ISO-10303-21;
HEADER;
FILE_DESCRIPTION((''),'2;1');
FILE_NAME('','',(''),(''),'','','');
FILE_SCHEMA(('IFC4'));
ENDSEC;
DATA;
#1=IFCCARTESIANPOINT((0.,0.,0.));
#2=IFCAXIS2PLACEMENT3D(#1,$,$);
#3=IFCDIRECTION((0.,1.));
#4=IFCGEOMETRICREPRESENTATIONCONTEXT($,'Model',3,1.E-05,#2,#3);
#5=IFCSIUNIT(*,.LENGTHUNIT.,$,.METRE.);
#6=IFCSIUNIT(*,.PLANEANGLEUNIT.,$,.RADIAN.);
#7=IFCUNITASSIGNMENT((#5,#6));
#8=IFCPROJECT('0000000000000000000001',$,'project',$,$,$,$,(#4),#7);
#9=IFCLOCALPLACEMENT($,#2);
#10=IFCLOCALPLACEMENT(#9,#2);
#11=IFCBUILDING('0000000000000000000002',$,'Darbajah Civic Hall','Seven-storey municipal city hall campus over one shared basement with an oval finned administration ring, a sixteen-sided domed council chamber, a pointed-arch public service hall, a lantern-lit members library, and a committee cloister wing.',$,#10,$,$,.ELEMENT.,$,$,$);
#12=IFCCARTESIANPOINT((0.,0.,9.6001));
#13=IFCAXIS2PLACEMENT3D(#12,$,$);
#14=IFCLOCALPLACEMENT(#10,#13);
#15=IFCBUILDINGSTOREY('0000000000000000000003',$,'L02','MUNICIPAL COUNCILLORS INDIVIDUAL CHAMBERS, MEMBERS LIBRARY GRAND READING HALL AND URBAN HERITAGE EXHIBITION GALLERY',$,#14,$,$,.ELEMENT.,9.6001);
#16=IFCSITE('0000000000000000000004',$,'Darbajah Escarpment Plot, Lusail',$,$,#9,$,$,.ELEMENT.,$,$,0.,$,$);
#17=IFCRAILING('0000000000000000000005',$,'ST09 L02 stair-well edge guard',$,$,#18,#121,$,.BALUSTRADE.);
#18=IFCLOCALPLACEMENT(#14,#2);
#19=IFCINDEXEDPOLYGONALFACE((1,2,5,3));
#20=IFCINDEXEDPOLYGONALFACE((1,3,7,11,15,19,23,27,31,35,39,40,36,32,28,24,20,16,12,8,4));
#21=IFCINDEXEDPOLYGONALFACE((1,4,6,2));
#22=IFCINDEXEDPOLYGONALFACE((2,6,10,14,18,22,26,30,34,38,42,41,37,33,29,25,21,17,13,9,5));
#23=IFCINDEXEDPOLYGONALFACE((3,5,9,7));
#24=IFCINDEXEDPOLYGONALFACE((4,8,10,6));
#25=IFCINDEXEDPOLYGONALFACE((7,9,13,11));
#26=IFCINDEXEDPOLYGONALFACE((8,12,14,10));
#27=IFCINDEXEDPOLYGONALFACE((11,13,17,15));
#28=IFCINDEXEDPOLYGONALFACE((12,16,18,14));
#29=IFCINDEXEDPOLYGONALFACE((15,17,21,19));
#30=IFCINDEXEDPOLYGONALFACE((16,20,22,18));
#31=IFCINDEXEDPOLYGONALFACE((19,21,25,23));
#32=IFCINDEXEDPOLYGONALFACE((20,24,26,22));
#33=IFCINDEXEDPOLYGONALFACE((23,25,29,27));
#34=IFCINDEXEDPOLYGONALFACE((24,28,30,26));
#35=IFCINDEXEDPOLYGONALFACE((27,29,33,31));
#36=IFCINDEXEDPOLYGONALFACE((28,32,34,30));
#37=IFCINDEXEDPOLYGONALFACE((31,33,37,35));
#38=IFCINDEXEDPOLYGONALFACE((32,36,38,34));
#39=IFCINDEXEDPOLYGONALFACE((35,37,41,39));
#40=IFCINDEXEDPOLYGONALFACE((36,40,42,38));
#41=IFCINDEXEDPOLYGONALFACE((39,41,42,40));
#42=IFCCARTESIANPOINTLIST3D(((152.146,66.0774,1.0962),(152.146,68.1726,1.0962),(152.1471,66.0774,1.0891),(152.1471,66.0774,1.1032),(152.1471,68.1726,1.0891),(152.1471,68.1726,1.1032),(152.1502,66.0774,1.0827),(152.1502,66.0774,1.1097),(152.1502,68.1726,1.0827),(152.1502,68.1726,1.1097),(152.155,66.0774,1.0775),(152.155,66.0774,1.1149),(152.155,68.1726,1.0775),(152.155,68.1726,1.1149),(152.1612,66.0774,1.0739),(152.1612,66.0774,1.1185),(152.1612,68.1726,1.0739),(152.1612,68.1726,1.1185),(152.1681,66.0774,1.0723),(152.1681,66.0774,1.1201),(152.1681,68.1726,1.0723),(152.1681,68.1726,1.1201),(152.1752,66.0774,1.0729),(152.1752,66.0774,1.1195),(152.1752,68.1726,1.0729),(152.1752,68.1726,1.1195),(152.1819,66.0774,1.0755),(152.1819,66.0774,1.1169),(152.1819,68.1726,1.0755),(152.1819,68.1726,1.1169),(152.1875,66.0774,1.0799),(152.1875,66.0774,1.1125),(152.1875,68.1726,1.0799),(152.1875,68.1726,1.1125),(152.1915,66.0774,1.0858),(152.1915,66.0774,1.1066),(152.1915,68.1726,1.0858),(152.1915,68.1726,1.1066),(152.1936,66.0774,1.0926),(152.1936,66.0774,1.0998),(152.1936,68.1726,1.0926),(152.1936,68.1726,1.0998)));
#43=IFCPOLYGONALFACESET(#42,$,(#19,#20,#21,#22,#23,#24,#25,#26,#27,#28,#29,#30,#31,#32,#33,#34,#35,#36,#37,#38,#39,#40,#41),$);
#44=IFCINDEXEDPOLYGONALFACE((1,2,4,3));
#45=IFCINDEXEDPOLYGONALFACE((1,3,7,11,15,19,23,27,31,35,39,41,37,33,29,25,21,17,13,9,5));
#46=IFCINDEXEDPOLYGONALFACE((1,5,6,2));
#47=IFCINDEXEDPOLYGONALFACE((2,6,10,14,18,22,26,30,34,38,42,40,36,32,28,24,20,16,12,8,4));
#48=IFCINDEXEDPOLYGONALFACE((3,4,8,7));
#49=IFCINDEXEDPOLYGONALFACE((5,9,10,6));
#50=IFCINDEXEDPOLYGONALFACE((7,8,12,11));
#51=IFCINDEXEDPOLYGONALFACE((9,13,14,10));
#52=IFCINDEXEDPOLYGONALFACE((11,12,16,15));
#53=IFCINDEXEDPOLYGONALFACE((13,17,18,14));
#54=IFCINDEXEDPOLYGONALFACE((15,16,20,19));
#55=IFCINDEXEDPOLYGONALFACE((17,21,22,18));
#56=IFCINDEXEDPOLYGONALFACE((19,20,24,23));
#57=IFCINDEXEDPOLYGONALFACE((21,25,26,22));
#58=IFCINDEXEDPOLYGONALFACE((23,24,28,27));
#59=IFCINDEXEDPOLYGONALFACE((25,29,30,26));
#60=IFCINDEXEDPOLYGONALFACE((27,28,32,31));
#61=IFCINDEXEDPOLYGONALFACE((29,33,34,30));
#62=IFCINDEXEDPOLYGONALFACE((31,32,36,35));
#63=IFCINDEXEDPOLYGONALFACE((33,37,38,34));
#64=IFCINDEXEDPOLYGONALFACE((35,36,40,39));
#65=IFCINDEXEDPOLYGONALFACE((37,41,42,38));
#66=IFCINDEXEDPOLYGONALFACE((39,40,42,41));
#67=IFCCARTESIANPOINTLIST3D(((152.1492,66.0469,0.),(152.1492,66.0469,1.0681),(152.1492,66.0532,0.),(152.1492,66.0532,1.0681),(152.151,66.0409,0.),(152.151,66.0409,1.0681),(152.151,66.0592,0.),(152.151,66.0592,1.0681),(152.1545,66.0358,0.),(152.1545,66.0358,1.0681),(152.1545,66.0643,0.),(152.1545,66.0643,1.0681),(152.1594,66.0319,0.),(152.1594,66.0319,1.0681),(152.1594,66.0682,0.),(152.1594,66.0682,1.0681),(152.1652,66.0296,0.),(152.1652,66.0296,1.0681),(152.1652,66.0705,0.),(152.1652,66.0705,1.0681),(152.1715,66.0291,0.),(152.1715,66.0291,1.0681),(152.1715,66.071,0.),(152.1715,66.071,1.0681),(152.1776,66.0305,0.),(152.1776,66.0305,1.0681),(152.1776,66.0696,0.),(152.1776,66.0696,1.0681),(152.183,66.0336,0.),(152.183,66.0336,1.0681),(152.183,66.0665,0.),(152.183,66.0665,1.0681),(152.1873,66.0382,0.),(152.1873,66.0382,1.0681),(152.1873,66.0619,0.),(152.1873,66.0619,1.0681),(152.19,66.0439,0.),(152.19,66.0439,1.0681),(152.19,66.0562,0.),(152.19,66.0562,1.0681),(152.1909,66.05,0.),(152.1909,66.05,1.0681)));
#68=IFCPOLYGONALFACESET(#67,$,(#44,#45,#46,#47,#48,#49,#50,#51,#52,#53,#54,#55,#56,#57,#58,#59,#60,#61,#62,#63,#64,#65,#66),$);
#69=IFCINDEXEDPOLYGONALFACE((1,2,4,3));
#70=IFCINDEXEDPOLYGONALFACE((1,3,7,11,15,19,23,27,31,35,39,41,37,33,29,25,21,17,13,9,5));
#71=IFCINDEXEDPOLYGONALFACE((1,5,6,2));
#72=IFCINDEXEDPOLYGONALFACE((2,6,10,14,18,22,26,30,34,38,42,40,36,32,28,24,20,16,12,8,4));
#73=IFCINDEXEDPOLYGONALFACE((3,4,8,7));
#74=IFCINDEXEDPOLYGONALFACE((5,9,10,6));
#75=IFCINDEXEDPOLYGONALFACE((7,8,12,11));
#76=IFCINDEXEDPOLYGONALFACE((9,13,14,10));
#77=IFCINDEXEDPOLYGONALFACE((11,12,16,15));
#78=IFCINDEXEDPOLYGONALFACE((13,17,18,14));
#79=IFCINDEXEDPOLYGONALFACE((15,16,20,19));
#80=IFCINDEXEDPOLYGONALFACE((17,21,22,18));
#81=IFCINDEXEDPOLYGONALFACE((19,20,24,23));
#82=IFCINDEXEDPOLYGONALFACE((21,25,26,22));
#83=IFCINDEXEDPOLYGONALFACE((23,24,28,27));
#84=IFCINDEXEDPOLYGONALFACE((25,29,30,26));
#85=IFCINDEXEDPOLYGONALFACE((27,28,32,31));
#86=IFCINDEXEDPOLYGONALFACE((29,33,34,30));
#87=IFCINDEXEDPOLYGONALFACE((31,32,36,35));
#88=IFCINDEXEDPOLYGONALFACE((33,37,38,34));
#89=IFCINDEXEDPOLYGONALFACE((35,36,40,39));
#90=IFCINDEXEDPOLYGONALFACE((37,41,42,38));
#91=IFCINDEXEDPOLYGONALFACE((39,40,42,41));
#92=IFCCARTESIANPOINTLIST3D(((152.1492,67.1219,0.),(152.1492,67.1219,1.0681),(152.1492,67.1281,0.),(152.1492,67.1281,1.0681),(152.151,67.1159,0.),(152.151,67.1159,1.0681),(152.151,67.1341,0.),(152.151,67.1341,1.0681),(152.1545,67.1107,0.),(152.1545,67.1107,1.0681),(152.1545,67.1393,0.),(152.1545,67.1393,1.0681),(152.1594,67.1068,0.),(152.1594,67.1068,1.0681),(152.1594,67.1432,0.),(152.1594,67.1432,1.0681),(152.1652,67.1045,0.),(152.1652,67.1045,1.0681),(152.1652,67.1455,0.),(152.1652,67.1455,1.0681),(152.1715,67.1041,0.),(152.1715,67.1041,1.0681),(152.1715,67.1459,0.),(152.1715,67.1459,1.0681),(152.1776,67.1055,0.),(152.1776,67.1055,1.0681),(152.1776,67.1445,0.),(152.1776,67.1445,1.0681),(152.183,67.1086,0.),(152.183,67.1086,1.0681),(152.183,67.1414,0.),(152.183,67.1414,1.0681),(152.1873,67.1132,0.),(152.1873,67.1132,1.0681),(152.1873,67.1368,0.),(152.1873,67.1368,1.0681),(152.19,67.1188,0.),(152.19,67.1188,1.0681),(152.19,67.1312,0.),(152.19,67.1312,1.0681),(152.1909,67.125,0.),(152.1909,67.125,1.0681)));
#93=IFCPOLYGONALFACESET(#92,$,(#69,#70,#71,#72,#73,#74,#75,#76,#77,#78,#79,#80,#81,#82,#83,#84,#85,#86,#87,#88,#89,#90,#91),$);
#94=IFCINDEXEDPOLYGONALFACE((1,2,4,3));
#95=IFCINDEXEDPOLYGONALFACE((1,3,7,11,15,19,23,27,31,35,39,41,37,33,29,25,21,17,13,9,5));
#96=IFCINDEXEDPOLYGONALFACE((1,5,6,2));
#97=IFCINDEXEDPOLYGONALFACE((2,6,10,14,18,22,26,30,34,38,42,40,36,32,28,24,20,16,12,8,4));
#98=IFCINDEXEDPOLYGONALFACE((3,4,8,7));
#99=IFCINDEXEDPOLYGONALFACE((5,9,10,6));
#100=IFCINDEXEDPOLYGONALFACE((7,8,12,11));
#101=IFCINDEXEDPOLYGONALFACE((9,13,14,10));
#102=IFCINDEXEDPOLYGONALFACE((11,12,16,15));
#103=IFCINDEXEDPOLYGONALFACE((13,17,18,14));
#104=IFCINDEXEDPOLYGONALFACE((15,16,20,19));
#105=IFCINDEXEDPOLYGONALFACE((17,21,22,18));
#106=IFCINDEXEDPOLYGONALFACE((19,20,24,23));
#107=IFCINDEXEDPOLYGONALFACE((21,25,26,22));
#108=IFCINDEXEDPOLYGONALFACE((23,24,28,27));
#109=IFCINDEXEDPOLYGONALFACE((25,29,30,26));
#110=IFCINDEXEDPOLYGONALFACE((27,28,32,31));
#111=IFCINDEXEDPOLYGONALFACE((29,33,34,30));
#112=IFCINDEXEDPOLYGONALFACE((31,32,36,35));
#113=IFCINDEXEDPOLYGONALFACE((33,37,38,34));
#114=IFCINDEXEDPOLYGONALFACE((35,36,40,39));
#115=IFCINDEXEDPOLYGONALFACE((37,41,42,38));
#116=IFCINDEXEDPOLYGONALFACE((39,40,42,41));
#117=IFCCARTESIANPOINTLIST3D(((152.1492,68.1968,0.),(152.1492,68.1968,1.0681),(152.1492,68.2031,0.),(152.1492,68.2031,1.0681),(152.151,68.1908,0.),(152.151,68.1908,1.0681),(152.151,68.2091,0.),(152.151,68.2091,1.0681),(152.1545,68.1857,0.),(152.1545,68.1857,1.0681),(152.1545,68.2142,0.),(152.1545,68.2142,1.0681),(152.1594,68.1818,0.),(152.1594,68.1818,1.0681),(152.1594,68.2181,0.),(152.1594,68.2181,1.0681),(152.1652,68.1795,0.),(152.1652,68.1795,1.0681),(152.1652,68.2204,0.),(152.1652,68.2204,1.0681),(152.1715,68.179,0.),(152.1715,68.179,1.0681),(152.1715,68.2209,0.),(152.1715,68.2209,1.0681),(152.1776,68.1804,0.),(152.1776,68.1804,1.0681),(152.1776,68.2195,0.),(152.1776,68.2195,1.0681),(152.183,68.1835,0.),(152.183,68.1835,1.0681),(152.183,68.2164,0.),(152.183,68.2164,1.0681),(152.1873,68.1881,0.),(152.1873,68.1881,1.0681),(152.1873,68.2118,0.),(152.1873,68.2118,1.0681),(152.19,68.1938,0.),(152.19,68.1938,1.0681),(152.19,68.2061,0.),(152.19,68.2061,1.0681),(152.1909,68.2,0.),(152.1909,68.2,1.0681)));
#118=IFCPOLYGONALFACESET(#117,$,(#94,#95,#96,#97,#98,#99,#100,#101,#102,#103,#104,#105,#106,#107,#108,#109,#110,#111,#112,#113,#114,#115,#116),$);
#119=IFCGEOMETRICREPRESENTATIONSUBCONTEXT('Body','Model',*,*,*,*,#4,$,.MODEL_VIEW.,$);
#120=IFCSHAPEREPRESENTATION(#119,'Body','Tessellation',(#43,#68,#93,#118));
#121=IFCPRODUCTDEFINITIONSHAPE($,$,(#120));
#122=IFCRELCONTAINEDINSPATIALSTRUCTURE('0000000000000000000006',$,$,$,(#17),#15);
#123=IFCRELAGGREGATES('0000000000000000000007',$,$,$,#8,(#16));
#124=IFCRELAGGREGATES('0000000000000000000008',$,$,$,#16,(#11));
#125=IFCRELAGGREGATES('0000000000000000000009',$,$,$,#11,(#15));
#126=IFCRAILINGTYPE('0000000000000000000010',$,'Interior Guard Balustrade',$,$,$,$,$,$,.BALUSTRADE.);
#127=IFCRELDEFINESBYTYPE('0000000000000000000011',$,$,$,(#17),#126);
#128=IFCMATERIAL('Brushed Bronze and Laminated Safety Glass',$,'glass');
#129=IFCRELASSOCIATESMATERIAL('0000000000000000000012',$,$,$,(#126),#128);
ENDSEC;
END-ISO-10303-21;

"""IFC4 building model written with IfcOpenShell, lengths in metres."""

from ifc_helpers import new_model, si_unit, direction, frame, origin, origin_2d, place, context, subcontext, project, spatial, circle, extrude, material, type_object, element, save


model = new_model("IFC4")

# Units and contexts
model_context = context("Model", 3, precision=1e-05, world=origin(), true_north=direction((0.0, 1.0)))
body_context = subcontext(model_context, "Body", "Model", "MODEL_VIEW")
ifc_project = project(units=[si_unit("LENGTHUNIT", "METRE"), si_unit("PLANEANGLEUNIT", "RADIAN")], contexts=[model_context])

# Site, building, storey
site_placement = place(None, origin())
site = spatial("IfcSite", under=ifc_project, at=site_placement, Name="Darbajah Escarpment Plot, Lusail", CompositionType="ELEMENT", RefElevation=0.0)
building_placement = place(site_placement, origin())
building = spatial("IfcBuilding", under=site, at=building_placement, Name="Darbajah Civic Hall", Description="Seven-storey municipal city hall campus over one shared basement with an oval finned administration ring, a sixteen-sided domed council chamber, a pointed-arch public service hall, a lantern-lit members library, and a committee cloister wing.", CompositionType="ELEMENT")
storey_placement = place(building_placement, frame((0.0, 0.0, 9.6001)))
storey = spatial("IfcBuildingStorey", under=building, at=storey_placement, Name="L02", Description="MUNICIPAL COUNCILLORS INDIVIDUAL CHAMBERS, MEMBERS LIBRARY GRAND READING HALL AND URBAN HERITAGE EXHIBITION GALLERY", CompositionType="ELEMENT", Elevation=9.6001)

# Railing
ifc_material_1 = material(Name="Brushed Bronze and Laminated Safety Glass", Category="glass")
railing_type = type_object("IfcRailingType", Name="Interior Guard Balustrade", PredefinedType="BALUSTRADE", material=ifc_material_1)
railing_placement = place(storey_placement, frame((152.1699, 66.05, 0.0)))
element("IfcRailing", 1, at=railing_placement, inside=storey, type_object=railing_type, Name="ST09 L02 stair-well edge guard", PredefinedType="BALUSTRADE", context=body_context, shape_type="SweptSolid", body=[
    extrude(circle(Radius=0.0239, at=origin_2d()), frame((0.0, 0.0273, 1.0962), z_axis=(0.0, 1.0, 0.0), x_axis=(-1.0, 0.0, 0.0)), (0.0, 0.0, 1.0), 2.0952),
    extrude(circle(Radius=0.021, at=origin_2d()), origin(), (0.0, 0.0, 1.0), 1.0681),
    extrude(circle(Radius=0.021, at=origin_2d()), frame((0.0, 1.075, 0.0)), (0.0, 0.0, 1.0), 1.0681),
    extrude(circle(Radius=0.021, at=origin_2d()), frame((0.0, 2.1499, 0.0)), (0.0, 0.0, 1.0), 1.0681),
])

save(model, "model.ifc")
